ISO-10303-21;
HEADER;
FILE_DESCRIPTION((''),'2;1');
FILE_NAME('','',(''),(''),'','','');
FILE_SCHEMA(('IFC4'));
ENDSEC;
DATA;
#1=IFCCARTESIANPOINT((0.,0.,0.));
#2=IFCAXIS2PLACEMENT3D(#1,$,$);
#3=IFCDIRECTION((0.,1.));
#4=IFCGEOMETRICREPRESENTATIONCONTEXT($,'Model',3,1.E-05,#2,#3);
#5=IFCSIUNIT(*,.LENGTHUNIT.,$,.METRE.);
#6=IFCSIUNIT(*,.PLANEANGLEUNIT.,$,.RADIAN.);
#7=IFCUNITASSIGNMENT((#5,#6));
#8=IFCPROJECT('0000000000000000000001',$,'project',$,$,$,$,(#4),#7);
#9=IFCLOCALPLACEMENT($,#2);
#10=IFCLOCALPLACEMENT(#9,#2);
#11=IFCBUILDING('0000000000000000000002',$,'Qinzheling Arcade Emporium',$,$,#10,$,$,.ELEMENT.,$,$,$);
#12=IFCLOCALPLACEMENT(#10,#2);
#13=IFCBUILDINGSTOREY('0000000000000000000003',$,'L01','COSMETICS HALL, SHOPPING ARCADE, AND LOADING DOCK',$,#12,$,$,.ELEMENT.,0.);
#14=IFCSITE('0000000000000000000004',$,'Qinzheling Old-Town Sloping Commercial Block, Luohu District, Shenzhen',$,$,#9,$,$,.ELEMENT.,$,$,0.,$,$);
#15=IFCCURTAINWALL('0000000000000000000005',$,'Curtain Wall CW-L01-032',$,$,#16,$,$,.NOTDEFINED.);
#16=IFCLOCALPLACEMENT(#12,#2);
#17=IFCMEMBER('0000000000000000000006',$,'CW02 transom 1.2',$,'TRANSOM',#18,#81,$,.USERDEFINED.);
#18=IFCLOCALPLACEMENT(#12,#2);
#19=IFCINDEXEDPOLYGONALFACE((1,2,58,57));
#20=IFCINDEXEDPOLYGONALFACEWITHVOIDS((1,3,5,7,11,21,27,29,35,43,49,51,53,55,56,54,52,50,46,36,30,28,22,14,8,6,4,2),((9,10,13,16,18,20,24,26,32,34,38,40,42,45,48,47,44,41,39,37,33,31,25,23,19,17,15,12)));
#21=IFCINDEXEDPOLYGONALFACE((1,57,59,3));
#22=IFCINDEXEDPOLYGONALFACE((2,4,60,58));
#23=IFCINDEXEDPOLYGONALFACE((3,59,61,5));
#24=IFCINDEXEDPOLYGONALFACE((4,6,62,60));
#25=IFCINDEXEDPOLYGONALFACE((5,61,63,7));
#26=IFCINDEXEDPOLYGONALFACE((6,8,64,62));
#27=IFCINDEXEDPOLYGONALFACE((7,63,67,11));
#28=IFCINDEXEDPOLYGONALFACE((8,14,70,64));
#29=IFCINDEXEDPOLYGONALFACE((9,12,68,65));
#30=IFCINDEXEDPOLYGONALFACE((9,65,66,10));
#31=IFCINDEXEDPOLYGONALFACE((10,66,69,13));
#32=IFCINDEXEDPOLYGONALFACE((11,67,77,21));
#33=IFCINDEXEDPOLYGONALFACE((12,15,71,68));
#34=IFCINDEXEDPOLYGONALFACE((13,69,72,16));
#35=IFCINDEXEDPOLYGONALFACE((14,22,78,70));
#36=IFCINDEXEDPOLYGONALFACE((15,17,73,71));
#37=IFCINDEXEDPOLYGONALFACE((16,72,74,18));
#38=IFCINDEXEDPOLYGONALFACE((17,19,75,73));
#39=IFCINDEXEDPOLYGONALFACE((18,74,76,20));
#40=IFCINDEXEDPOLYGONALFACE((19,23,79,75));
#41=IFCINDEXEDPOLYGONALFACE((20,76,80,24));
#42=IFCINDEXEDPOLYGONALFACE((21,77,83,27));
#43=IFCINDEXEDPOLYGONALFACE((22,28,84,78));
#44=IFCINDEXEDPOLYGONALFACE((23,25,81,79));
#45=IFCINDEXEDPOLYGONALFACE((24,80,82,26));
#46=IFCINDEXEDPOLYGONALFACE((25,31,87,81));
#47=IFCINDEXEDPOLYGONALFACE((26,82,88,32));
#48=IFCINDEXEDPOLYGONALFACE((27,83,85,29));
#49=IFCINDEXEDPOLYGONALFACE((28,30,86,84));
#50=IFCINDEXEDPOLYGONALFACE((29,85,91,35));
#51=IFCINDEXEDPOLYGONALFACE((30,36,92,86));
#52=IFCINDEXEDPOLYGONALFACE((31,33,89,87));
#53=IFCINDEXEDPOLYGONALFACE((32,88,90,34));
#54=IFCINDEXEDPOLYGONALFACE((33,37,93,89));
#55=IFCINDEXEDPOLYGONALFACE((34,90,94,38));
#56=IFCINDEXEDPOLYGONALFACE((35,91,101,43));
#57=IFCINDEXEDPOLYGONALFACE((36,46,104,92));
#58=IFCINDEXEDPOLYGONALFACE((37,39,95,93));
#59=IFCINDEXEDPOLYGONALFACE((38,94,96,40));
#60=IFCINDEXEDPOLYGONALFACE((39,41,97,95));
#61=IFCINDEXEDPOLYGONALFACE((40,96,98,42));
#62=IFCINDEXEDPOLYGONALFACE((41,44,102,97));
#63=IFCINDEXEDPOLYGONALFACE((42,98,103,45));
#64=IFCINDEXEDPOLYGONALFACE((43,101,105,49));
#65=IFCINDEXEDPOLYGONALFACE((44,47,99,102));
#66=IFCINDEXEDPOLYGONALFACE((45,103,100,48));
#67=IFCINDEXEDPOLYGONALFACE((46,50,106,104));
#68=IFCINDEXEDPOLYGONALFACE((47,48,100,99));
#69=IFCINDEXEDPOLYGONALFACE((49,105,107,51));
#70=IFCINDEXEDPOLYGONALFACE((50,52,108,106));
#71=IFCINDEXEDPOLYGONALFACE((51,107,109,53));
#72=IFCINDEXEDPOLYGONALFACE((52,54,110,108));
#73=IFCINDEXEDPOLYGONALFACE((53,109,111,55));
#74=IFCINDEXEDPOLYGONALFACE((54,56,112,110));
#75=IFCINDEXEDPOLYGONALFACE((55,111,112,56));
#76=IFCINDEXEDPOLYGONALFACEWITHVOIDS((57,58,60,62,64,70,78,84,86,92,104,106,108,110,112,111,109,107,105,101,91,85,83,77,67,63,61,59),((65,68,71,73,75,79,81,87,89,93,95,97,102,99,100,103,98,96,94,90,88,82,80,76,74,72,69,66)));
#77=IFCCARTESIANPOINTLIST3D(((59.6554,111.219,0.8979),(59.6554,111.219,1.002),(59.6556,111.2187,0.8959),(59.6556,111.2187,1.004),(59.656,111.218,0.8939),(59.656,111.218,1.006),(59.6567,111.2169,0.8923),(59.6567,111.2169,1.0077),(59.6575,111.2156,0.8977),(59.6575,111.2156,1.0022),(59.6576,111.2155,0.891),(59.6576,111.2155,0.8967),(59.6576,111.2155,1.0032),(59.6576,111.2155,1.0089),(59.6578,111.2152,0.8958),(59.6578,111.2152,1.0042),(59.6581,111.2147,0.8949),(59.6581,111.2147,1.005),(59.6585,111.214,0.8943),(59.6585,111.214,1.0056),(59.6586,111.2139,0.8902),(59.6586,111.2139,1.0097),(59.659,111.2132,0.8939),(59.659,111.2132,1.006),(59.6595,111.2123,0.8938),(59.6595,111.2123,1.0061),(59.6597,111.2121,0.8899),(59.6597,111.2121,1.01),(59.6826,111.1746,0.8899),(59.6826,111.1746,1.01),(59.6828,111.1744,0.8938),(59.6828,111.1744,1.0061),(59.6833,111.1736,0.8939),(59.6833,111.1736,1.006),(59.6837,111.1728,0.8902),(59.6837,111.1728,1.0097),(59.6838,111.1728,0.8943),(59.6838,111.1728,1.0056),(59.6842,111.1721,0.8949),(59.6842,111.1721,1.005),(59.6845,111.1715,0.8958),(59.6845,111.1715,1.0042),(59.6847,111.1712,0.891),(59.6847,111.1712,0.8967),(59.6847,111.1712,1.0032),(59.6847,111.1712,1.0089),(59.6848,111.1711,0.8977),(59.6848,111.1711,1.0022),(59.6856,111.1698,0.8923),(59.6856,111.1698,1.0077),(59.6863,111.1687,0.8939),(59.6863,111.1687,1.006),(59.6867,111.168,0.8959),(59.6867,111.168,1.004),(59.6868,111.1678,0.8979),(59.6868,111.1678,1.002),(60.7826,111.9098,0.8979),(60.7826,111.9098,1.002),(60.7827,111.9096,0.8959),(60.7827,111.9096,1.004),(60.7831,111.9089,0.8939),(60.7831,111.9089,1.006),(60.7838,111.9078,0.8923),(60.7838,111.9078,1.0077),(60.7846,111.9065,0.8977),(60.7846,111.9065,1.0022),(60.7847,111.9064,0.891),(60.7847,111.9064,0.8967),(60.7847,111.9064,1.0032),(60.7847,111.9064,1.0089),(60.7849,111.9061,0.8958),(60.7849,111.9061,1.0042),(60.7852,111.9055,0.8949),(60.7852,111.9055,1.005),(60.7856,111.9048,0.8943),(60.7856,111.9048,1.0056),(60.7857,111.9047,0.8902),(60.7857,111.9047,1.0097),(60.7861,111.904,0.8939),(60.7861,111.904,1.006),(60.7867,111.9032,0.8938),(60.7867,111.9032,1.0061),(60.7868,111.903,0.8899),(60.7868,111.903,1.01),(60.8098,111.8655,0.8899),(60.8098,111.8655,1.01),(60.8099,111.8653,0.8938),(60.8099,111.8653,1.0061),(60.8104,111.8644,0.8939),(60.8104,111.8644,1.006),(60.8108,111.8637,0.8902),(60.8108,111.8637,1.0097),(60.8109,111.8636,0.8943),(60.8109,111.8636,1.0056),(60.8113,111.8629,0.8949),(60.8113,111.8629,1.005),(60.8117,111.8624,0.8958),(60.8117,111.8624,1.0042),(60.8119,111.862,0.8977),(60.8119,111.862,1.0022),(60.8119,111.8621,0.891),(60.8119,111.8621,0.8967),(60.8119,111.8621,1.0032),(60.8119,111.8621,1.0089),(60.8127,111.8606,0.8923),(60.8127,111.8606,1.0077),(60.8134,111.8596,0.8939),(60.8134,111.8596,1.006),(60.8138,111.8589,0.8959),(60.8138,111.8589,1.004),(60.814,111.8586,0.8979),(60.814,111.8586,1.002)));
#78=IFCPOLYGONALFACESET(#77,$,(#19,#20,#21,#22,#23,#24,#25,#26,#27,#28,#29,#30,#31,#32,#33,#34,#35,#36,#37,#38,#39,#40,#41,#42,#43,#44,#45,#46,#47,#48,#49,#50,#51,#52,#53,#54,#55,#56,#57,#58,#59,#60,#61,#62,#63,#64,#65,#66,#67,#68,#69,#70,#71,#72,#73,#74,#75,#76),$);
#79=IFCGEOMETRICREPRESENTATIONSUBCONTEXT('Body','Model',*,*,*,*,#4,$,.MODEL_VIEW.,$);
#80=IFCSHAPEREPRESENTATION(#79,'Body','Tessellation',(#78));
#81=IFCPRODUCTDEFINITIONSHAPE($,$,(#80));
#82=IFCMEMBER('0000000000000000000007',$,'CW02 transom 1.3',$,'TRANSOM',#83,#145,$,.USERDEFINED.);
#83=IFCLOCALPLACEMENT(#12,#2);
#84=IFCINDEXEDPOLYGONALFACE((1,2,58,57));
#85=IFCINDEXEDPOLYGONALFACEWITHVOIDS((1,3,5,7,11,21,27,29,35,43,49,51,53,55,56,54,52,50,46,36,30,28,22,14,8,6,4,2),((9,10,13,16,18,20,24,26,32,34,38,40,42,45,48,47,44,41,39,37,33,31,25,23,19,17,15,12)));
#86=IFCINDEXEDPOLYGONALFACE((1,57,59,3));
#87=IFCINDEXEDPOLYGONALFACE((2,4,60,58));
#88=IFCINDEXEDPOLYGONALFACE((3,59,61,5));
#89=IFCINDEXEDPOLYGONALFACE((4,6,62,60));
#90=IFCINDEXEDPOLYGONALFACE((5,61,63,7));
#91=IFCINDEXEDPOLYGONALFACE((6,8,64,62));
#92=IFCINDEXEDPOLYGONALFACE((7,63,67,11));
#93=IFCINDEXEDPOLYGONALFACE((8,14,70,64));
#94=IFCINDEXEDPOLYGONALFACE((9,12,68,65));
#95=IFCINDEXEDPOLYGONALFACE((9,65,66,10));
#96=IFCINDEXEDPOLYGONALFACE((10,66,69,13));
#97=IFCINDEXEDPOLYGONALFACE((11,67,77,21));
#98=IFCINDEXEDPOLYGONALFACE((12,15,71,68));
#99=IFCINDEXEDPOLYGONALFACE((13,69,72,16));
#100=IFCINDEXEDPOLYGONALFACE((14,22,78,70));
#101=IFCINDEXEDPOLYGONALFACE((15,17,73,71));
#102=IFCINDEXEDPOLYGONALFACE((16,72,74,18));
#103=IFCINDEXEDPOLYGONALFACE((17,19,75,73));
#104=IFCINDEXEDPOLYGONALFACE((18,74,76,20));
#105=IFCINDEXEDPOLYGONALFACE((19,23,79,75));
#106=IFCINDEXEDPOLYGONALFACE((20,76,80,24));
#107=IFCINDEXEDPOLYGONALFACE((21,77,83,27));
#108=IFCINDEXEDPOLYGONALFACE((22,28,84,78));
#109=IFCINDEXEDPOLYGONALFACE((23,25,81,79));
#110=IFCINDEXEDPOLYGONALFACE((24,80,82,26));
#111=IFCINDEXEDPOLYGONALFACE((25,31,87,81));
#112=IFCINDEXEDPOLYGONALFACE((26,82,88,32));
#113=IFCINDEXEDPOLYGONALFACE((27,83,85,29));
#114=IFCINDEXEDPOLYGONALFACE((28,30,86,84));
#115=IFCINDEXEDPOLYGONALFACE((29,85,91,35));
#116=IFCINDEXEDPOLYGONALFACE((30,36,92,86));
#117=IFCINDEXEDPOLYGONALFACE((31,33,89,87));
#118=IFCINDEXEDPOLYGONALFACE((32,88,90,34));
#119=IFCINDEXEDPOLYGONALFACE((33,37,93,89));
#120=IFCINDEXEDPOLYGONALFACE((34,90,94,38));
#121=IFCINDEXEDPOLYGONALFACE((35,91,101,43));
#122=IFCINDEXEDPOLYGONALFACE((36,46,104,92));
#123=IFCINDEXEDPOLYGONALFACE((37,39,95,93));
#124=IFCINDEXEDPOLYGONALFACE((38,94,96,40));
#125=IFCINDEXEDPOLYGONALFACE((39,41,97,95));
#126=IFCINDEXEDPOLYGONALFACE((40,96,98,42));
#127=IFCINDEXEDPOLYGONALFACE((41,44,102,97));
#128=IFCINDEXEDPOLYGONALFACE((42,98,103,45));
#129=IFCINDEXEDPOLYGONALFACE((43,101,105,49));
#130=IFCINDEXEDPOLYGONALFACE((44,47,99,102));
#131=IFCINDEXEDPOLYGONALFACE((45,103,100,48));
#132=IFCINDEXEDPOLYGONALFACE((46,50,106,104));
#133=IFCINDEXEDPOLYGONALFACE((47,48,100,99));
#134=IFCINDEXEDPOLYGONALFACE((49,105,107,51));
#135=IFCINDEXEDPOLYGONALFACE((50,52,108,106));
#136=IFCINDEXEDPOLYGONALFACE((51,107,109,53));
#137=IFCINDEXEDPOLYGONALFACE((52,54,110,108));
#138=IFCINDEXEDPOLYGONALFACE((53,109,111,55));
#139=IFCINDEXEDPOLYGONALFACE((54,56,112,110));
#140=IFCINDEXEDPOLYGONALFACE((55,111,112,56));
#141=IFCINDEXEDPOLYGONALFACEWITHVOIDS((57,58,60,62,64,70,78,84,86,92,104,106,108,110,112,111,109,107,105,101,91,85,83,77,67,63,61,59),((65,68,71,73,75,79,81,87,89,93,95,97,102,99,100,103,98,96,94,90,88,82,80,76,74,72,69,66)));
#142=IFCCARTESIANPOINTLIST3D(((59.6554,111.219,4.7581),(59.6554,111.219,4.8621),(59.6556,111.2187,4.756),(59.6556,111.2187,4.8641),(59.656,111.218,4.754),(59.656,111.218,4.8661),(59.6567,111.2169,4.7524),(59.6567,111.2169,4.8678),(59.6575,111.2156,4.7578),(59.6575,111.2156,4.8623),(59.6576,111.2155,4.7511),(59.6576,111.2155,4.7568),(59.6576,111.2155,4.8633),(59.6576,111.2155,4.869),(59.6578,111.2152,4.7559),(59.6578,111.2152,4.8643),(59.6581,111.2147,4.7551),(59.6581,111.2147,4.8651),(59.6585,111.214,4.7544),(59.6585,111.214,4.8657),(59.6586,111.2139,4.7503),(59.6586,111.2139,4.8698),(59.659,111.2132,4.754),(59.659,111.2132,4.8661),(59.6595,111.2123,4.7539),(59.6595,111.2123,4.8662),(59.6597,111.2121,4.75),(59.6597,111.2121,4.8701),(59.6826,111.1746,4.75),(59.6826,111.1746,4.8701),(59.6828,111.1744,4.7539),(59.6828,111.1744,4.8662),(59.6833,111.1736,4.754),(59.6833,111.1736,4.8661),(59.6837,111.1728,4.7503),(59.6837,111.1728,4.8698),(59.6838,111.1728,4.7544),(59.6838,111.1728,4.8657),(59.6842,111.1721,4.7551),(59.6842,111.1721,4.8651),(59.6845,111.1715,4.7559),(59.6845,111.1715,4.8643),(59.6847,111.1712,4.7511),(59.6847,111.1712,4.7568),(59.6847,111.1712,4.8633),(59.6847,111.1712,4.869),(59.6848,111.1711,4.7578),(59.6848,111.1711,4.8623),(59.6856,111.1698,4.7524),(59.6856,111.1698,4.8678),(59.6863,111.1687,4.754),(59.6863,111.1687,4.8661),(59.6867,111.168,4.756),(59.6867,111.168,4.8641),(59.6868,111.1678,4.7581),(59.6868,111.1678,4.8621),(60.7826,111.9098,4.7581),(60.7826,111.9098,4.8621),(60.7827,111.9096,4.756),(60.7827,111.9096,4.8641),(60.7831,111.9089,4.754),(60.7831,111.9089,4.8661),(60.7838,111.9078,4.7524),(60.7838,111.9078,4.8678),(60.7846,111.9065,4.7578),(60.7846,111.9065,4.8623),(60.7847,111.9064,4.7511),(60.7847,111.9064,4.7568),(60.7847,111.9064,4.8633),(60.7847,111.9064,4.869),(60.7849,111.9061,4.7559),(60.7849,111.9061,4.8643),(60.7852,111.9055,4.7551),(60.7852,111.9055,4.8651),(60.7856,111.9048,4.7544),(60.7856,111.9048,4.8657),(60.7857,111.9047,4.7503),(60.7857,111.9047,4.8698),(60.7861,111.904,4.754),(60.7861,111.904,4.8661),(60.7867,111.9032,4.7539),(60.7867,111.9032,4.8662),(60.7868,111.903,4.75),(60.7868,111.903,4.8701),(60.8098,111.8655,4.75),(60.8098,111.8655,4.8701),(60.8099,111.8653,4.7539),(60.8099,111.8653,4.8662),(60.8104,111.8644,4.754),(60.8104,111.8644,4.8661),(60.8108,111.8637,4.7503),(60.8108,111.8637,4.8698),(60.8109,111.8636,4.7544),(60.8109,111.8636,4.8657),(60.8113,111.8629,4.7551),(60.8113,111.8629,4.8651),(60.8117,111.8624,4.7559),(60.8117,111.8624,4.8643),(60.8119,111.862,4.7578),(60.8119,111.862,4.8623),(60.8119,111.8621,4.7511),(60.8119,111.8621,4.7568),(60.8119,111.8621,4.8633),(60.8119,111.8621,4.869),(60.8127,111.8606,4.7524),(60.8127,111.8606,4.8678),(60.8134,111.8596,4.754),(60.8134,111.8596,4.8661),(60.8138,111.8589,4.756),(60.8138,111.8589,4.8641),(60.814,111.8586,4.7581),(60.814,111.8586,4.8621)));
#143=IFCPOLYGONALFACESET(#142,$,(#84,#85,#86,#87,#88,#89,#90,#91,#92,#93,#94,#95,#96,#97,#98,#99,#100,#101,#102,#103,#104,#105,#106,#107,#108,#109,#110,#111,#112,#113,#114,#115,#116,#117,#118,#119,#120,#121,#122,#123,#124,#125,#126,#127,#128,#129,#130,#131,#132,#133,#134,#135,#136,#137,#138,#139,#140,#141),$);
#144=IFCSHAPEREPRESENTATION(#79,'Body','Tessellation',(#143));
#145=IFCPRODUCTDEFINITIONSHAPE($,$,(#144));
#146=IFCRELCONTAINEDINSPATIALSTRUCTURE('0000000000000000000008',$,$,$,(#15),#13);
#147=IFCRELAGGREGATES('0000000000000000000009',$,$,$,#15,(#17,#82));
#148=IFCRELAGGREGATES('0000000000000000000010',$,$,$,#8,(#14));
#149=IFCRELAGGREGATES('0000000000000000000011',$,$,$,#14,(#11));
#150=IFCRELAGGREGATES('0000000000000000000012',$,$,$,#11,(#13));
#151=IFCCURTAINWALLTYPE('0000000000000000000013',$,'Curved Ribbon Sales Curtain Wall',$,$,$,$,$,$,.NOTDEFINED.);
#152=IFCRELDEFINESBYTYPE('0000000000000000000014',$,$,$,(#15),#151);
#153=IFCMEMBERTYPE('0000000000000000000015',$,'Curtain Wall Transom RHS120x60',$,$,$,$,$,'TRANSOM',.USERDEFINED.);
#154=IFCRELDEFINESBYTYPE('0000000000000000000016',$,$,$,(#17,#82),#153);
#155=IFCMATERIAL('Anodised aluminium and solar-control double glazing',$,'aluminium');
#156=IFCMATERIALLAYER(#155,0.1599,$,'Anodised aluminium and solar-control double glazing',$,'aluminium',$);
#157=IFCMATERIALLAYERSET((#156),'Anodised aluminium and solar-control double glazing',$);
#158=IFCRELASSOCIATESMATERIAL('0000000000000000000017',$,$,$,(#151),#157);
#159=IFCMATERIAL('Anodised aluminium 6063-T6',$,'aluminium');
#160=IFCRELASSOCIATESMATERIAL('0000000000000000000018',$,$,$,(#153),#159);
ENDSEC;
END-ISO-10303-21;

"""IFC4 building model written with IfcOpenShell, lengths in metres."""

from ifc_helpers import new_model, si_unit, direction, frame, origin, origin_2d, place, context, subcontext, project, spatial, hollow_rectangle, extrude, material, layer, layer_set, material_profile, profile_set, type_object, element, aggregate, save


model = new_model("IFC4")

# Units and contexts
model_context = context("Model", 3, precision=1e-05, world=origin(), true_north=direction((0.0, 1.0)))
body_context = subcontext(model_context, "Body", "Model", "MODEL_VIEW")
ifc_project = project(units=[si_unit("LENGTHUNIT", "METRE"), si_unit("PLANEANGLEUNIT", "RADIAN")], contexts=[model_context])

# Site, building, storey
site_placement = place(None, origin())
site = spatial("IfcSite", under=ifc_project, at=site_placement, Name="Qinzheling Old-Town Sloping Commercial Block, Luohu District, Shenzhen", CompositionType="ELEMENT", RefElevation=0.0)
building_placement = place(site_placement, origin())
building = spatial("IfcBuilding", under=site, at=building_placement, Name="Qinzheling Arcade Emporium", CompositionType="ELEMENT")
storey_placement = place(building_placement, origin())
storey = spatial("IfcBuildingStorey", under=building, at=storey_placement, Name="L01", Description="COSMETICS HALL, SHOPPING ARCADE, AND LOADING DOCK", CompositionType="ELEMENT", Elevation=0.0)

# Shared definitions
ifc_material_1 = material(Name="Anodised aluminium and solar-control double glazing", Category="aluminium")
ifc_layer_1 = layer(ifc_material_1, 0.1599, Name="Anodised aluminium and solar-control double glazing", Category="aluminium")
ifc_layer_set_1 = layer_set([ifc_layer_1], Name="Anodised aluminium and solar-control double glazing")
curtain_wall_type = type_object("IfcCurtainWallType", Name="Curved Ribbon Sales Curtain Wall", PredefinedType="NOTDEFINED", material=ifc_layer_set_1)
ifc_material_2 = material(Name="Anodised aluminium 6063-T6", Category="aluminium")

# Curtain wall
curtain_wall_1_placement = place(storey_placement, origin())
curtain_wall_1 = element("IfcCurtainWall", 1, at=curtain_wall_1_placement, inside=storey, type_object=curtain_wall_type, Name="Curtain Wall CW-L01-032", PredefinedType="NOTDEFINED")

# Members
ifc_material_profile_1 = material_profile(ifc_material_2, hollow_rectangle(XDim=0.0601, YDim=0.1201, WallThickness=0.0039, InnerFilletRadius=0.0039, OuterFilletRadius=0.0081, at=origin_2d()), Name="RHS 120x60x4", Category="aluminium")
ifc_profile_set_1 = profile_set([ifc_material_profile_1], Name="Anodised aluminium 6063-T6")
member_type_1 = type_object("IfcMemberType", Name="Curtain Wall Transom RHS120x60", ElementType="TRANSOM", PredefinedType="USERDEFINED", material=ifc_profile_set_1)
member_1_placement = place(storey_placement, frame((59.6711, 111.1934, 0.95), z_axis=(0.852583, 0.522592, 0.0), x_axis=(-0.522592, 0.852583, 0.0)))
member_1 = element("IfcMember", 2, at=member_1_placement, type_object=member_type_1, Name="CW02 transom 1.2", ObjectType="TRANSOM", PredefinedType="USERDEFINED", context=body_context, shape_type="SweptSolid", body=[
    extrude(hollow_rectangle(XDim=0.0601, YDim=0.1201, WallThickness=0.0039, InnerFilletRadius=0.0039, OuterFilletRadius=0.0081, at=origin_2d()), origin(), (0.0, 0.0, 1.0), 1.322),
])
member_2_placement = place(storey_placement, frame((59.6711, 111.1934, 4.8101), z_axis=(0.852583, 0.522592, 0.0), x_axis=(-0.522592, 0.852583, 0.0)))
member_2 = element("IfcMember", 3, at=member_2_placement, type_object=member_type_1, Name="CW02 transom 1.3", ObjectType="TRANSOM", PredefinedType="USERDEFINED", context=body_context, shape_type="SweptSolid", body=[
    extrude(hollow_rectangle(XDim=0.0601, YDim=0.1201, WallThickness=0.0039, InnerFilletRadius=0.0039, OuterFilletRadius=0.0081, at=origin_2d()), origin(), (0.0, 0.0, 1.0), 1.322),
])

aggregate(curtain_wall_1, [member_1, member_2])

save(model, "model.ifc")
